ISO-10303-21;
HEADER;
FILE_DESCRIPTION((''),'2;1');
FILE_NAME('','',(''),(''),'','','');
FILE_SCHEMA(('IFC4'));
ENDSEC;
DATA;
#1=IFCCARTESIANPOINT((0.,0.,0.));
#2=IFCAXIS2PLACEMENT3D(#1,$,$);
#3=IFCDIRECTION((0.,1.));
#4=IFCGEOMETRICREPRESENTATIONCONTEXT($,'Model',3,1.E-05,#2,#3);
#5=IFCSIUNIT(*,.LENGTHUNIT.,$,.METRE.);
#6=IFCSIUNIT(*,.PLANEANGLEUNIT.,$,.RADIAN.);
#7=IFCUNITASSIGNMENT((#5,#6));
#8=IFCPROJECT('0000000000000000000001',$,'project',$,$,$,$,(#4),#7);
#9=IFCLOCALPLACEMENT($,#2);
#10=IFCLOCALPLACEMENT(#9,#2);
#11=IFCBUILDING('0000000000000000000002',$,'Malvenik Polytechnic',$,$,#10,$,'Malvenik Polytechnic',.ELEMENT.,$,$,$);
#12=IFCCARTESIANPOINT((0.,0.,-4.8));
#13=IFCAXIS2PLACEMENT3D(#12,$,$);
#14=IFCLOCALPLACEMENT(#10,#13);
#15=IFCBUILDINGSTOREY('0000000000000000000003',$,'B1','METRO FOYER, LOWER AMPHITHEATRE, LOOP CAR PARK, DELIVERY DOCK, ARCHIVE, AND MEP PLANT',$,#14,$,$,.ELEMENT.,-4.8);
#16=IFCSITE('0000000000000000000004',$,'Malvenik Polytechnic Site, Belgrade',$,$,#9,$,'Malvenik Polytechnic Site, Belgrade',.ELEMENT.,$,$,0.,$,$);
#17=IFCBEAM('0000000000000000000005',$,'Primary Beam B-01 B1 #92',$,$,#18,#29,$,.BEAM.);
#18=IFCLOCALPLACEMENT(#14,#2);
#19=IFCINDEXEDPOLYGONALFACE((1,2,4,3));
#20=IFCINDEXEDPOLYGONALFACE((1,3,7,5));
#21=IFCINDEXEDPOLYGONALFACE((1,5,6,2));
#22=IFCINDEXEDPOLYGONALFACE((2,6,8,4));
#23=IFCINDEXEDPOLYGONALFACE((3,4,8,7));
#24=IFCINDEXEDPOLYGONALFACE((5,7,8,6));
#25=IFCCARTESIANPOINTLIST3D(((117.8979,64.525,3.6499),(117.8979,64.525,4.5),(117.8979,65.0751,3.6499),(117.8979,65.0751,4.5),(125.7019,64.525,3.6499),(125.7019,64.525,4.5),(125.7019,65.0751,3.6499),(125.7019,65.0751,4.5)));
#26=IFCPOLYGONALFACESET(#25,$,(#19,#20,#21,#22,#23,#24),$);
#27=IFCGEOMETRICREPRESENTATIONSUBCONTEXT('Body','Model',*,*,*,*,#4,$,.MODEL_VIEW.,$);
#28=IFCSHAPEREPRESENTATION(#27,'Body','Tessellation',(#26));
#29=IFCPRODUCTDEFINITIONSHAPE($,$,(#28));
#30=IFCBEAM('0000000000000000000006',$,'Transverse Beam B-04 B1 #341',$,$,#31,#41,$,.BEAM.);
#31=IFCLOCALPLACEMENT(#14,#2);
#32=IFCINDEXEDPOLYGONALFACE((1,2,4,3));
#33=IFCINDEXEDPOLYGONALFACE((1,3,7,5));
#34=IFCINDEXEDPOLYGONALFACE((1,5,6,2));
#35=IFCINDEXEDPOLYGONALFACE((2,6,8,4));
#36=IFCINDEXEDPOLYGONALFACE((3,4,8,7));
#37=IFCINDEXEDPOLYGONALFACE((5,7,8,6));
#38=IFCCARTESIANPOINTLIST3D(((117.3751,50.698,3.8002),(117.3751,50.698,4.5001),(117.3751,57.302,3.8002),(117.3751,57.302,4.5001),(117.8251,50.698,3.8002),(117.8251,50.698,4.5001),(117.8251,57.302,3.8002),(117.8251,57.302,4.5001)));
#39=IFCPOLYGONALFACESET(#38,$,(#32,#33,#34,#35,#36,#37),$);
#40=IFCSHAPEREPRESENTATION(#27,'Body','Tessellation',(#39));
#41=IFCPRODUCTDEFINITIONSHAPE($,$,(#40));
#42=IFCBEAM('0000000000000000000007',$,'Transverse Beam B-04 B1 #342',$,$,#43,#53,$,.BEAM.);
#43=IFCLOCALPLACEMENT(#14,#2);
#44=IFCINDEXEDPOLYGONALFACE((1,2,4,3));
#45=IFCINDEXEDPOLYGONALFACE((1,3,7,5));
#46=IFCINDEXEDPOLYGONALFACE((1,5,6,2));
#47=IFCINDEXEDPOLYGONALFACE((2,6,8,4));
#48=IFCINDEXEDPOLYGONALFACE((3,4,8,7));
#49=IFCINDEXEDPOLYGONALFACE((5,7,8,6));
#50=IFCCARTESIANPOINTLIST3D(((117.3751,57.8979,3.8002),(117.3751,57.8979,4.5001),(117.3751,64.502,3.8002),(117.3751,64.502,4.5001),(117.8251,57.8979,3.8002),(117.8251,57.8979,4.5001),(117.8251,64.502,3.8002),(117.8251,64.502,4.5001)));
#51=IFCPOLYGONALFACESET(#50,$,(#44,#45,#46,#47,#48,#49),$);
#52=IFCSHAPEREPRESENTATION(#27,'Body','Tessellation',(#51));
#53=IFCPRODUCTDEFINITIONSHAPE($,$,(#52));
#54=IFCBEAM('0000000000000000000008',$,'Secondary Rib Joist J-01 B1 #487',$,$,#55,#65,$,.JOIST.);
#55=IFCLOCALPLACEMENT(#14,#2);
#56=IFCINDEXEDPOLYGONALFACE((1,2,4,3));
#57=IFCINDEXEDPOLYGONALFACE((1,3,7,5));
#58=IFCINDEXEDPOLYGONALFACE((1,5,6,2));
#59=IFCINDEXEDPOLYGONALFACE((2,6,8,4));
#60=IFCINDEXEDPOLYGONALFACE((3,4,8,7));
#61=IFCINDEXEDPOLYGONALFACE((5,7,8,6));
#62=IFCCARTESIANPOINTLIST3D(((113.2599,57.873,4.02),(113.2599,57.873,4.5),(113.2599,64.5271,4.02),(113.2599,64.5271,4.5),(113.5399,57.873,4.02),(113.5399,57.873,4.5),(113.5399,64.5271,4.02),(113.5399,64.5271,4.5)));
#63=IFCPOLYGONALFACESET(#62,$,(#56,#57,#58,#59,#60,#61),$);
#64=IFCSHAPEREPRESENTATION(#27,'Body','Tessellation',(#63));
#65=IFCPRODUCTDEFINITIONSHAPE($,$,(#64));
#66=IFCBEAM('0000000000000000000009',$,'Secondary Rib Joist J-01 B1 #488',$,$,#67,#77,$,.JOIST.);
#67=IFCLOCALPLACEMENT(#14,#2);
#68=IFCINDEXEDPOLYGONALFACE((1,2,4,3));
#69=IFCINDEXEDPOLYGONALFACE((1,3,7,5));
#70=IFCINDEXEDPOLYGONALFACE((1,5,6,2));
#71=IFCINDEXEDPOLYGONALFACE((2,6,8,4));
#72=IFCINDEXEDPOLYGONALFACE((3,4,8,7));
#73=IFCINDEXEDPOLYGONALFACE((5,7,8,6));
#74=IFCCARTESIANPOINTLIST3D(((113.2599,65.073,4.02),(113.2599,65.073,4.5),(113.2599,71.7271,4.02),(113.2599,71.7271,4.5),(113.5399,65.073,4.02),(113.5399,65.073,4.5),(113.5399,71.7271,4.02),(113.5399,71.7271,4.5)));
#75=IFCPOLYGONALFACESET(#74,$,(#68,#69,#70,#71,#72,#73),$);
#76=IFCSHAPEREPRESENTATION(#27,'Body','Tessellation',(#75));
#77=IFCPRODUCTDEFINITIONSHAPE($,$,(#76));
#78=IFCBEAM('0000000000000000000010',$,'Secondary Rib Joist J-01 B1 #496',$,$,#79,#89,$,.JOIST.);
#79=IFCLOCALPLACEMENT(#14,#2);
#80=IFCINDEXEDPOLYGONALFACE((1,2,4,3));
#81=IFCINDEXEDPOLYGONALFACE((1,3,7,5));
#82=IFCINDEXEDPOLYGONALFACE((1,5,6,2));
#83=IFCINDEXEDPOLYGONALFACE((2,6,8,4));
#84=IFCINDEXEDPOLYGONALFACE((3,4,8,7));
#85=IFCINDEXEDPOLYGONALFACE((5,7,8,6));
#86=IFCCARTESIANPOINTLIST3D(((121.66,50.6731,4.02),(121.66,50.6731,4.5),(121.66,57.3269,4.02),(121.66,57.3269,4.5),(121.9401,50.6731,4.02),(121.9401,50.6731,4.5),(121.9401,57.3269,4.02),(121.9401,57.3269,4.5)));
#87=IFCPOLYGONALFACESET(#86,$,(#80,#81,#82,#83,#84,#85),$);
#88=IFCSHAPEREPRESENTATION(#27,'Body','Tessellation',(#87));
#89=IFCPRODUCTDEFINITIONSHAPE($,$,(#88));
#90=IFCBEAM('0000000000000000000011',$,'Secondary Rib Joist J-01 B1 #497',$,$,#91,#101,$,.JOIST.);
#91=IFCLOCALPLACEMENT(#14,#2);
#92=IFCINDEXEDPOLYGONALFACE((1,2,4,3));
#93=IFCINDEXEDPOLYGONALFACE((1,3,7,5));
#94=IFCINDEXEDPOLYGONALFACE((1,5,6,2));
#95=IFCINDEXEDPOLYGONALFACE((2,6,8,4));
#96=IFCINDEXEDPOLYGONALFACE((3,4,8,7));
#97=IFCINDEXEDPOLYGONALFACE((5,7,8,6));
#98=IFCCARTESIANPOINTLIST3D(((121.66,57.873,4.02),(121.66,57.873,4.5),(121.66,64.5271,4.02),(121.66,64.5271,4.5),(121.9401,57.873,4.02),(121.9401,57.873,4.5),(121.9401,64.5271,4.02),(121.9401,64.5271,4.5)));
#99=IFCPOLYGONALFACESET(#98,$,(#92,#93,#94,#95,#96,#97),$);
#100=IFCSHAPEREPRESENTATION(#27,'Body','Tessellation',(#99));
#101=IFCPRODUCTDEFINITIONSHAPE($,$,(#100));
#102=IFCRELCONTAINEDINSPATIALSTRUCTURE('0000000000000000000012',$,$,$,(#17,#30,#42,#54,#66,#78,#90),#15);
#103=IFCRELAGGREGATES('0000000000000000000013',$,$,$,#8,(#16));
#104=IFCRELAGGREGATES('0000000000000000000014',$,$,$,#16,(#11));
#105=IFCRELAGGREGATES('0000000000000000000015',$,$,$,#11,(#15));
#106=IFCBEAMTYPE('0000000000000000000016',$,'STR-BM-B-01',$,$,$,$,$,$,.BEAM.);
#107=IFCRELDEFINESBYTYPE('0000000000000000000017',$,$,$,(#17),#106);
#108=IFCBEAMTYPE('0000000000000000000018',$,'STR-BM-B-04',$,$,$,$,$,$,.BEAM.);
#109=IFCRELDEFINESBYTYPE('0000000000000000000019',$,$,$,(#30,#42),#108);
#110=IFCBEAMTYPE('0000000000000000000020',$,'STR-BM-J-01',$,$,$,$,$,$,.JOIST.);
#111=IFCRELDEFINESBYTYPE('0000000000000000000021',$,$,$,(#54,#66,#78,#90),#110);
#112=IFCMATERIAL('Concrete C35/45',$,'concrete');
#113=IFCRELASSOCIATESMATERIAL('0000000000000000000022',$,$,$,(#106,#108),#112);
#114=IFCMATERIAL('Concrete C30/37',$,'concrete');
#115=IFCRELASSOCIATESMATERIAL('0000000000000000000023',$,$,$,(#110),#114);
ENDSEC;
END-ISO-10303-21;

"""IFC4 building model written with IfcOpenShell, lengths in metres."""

from ifc_helpers import new_model, si_unit, direction, frame, origin, origin_2d, place, context, subcontext, project, spatial, rectangle, extrude, material, material_profile, profile_set, type_object, element, save


model = new_model("IFC4")

# Units and contexts
model_context = context("Model", 3, precision=1e-05, world=origin(), true_north=direction((0.0, 1.0)))
body_context = subcontext(model_context, "Body", "Model", "MODEL_VIEW")
ifc_project = project(units=[si_unit("LENGTHUNIT", "METRE"), si_unit("PLANEANGLEUNIT", "RADIAN")], contexts=[model_context])

# Site, building, storey
site_placement = place(None, origin())
site = spatial("IfcSite", under=ifc_project, at=site_placement, Name="Malvenik Polytechnic Site, Belgrade", LongName="Malvenik Polytechnic Site, Belgrade", CompositionType="ELEMENT", RefElevation=0.0)
building_placement = place(site_placement, origin())
building = spatial("IfcBuilding", under=site, at=building_placement, Name="Malvenik Polytechnic", LongName="Malvenik Polytechnic", CompositionType="ELEMENT")
storey_placement = place(building_placement, frame((0.0, 0.0, -4.8)))
storey = spatial("IfcBuildingStorey", under=building, at=storey_placement, Name="B1", Description="METRO FOYER, LOWER AMPHITHEATRE, LOOP CAR PARK, DELIVERY DOCK, ARCHIVE, AND MEP PLANT", CompositionType="ELEMENT", Elevation=-4.8)

# Shared definitions
ifc_material_1 = material(Name="Concrete C35/45", Category="concrete")

# Beams
ifc_material_profile_1 = material_profile(ifc_material_1, rectangle(XDim=0.55, YDim=0.8501, at=origin_2d()), Name="RC BM 550x850")
ifc_profile_set_1 = profile_set([ifc_material_profile_1], Name="Concrete C35/45")
beam_type_1 = type_object("IfcBeamType", Name="STR-BM-B-01", PredefinedType="BEAM", material=ifc_profile_set_1)
for number, where, z_axis, x_axis, name in (
    (1, (117.8979, 64.8, 4.075), (1.0, 0.0, 0.0), (0.0, 1.0, 0.0), "Primary Beam B-01 B1 #92"),
):
    element("IfcBeam", number, at=place(storey_placement, frame(where, z_axis=z_axis, x_axis=x_axis)), inside=storey, type_object=beam_type_1, Name=name, PredefinedType="BEAM", context=body_context, shape_type="SweptSolid", body=[
        extrude(rectangle(XDim=0.55, YDim=0.8501, at=origin_2d()), origin(), (0.0, 0.0, 1.0), 7.804),
    ])
ifc_material_profile_2 = material_profile(ifc_material_1, rectangle(XDim=0.45, YDim=0.7, at=origin_2d()), Name="RC BM 450x700")
ifc_profile_set_2 = profile_set([ifc_material_profile_2], Name="Concrete C35/45")
beam_type_2 = type_object("IfcBeamType", Name="STR-BM-B-04", PredefinedType="BEAM", material=ifc_profile_set_2)
for number, where, z_axis, x_axis, name in (
    (2, (117.6001, 50.698, 4.1501), (0.0, 1.0, 0.0), (-1.0, 0.0, 0.0), "Transverse Beam B-04 B1 #341"),
    (3, (117.6001, 57.8979, 4.1501), (0.0, 1.0, 0.0), (-1.0, 0.0, 0.0), "Transverse Beam B-04 B1 #342"),
):
    element("IfcBeam", number, at=place(storey_placement, frame(where, z_axis=z_axis, x_axis=x_axis)), inside=storey, type_object=beam_type_2, Name=name, PredefinedType="BEAM", context=body_context, shape_type="SweptSolid", body=[
        extrude(rectangle(XDim=0.45, YDim=0.7, at=origin_2d()), origin(), (0.0, 0.0, 1.0), 6.604),
    ])
ifc_material_2 = material(Name="Concrete C30/37", Category="concrete")
ifc_material_profile_3 = material_profile(ifc_material_2, rectangle(XDim=0.28, YDim=0.48, at=origin_2d()), Name="RC JST 280x480")
ifc_profile_set_3 = profile_set([ifc_material_profile_3], Name="Concrete C30/37")
beam_type_3 = type_object("IfcBeamType", Name="STR-BM-J-01", PredefinedType="JOIST", material=ifc_profile_set_3)
for number, where, z_axis, x_axis, name in (
    (4, (113.3999, 57.873, 4.26), (0.0, 1.0, 0.0), (-1.0, 0.0, 0.0), "Secondary Rib Joist J-01 B1 #487"),
    (5, (113.3999, 65.073, 4.26), (0.0, 1.0, 0.0), (-1.0, 0.0, 0.0), "Secondary Rib Joist J-01 B1 #488"),
):
    element("IfcBeam", number, at=place(storey_placement, frame(where, z_axis=z_axis, x_axis=x_axis)), inside=storey, type_object=beam_type_3, Name=name, PredefinedType="JOIST", context=body_context, shape_type="SweptSolid", body=[
        extrude(rectangle(XDim=0.28, YDim=0.48, at=origin_2d()), origin(), (0.0, 0.0, 1.0), 6.6541),
    ])
beam_1_placement = place(storey_placement, frame((121.8, 50.6731, 4.26), z_axis=(0.0, 1.0, 0.0), x_axis=(-1.0, 0.0, 0.0)))
element("IfcBeam", 6, at=beam_1_placement, inside=storey, type_object=beam_type_3, Name="Secondary Rib Joist J-01 B1 #496", PredefinedType="JOIST", context=body_context, shape_type="SweptSolid", body=[
    extrude(rectangle(XDim=0.28, YDim=0.48, at=origin_2d()), origin(), (0.0, 0.0, 1.0), 6.6538),
])
beam_2_placement = place(storey_placement, frame((121.8, 57.873, 4.26), z_axis=(0.0, 1.0, 0.0), x_axis=(-1.0, 0.0, 0.0)))
element("IfcBeam", 7, at=beam_2_placement, inside=storey, type_object=beam_type_3, Name="Secondary Rib Joist J-01 B1 #497", PredefinedType="JOIST", context=body_context, shape_type="SweptSolid", body=[
    extrude(rectangle(XDim=0.28, YDim=0.48, at=origin_2d()), origin(), (0.0, 0.0, 1.0), 6.6541),
])

save(model, "model.ifc")
